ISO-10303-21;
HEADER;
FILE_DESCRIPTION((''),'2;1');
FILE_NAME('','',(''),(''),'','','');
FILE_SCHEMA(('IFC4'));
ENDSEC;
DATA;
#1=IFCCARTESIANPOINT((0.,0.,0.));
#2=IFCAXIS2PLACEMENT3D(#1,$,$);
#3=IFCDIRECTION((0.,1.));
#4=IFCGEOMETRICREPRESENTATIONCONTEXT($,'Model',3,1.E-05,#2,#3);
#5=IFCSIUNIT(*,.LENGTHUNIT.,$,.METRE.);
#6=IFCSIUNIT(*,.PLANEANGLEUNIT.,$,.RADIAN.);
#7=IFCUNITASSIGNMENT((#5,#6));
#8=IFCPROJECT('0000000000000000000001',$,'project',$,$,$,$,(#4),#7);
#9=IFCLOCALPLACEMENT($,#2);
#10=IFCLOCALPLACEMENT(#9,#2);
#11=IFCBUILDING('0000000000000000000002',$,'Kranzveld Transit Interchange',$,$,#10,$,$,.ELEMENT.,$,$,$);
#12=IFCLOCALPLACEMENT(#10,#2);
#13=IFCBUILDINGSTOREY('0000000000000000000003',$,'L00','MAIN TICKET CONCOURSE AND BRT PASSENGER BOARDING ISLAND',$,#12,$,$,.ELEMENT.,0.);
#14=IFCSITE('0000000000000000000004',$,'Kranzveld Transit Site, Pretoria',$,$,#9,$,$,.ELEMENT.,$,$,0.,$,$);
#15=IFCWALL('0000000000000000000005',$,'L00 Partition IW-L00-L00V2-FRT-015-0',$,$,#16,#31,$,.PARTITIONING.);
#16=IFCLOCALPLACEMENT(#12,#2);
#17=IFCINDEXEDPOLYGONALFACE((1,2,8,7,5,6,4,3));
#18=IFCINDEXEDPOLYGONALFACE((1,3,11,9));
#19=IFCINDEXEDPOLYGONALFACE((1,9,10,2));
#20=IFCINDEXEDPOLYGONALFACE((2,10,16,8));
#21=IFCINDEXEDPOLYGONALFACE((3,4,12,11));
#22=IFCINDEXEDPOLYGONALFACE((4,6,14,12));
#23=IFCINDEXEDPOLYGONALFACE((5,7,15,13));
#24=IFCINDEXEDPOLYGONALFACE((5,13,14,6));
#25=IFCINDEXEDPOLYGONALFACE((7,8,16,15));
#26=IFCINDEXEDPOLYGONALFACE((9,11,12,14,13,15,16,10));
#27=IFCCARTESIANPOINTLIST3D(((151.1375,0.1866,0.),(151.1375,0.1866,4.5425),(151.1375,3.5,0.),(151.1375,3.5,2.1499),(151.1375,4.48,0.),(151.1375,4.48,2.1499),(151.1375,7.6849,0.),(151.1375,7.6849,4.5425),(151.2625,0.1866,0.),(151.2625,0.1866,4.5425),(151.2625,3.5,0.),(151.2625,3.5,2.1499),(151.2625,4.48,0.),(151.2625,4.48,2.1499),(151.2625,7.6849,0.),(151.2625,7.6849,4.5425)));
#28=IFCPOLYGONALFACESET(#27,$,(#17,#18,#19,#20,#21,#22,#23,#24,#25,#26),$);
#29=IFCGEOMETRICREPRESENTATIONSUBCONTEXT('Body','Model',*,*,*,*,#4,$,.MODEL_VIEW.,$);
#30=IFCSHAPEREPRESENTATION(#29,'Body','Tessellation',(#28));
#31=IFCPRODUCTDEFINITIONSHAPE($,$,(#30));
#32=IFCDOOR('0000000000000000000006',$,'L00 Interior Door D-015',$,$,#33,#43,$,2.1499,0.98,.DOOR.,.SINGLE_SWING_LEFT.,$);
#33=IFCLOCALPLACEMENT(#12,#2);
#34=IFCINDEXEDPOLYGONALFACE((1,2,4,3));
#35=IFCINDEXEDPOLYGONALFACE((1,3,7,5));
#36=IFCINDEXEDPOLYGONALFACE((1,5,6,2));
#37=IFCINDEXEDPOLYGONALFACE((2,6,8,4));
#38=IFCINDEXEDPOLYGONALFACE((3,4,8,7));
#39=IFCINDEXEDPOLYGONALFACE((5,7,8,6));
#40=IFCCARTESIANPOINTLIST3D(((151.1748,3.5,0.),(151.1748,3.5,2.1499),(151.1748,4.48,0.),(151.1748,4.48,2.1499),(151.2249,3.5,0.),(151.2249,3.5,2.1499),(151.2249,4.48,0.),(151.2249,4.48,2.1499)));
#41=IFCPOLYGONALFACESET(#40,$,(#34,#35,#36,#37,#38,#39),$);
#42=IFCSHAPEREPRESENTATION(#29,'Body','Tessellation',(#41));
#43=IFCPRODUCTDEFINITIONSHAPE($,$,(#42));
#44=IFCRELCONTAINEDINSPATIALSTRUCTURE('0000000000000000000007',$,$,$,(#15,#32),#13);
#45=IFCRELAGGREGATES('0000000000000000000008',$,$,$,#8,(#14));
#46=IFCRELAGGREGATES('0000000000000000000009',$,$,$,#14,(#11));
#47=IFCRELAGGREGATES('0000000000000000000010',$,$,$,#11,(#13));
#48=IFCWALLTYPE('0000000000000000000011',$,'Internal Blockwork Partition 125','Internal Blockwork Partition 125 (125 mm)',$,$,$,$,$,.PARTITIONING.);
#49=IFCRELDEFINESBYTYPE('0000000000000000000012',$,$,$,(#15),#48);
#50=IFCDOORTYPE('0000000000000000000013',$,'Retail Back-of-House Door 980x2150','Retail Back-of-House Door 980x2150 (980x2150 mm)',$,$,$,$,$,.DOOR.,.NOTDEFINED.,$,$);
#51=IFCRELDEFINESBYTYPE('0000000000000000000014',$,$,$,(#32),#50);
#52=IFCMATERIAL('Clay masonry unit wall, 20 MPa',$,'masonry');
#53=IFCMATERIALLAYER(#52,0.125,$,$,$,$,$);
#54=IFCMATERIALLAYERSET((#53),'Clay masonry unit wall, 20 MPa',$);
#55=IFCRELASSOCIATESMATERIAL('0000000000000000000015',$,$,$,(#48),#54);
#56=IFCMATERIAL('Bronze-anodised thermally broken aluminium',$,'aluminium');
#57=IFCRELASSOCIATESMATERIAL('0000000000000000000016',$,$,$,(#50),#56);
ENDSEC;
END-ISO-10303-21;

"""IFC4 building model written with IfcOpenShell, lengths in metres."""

from ifc_helpers import new_model, si_unit, direction, frame, frame_2d, origin, place, context, subcontext, project, spatial, rectangle, extrude, material, layer, layer_set, type_object, element, fill, save


model = new_model("IFC4")

# Units and contexts
model_context = context("Model", 3, precision=1e-05, world=origin(), true_north=direction((0.0, 1.0)))
body_context = subcontext(model_context, "Body", "Model", "MODEL_VIEW")
ifc_project = project(units=[si_unit("LENGTHUNIT", "METRE"), si_unit("PLANEANGLEUNIT", "RADIAN")], contexts=[model_context])

# Site, building, storey
site_placement = place(None, origin())
site = spatial("IfcSite", under=ifc_project, at=site_placement, Name="Kranzveld Transit Site, Pretoria", CompositionType="ELEMENT", RefElevation=0.0)
building_placement = place(site_placement, origin())
building = spatial("IfcBuilding", under=site, at=building_placement, Name="Kranzveld Transit Interchange", CompositionType="ELEMENT")
storey_placement = place(building_placement, origin())
storey = spatial("IfcBuildingStorey", under=building, at=storey_placement, Name="L00", Description="MAIN TICKET CONCOURSE AND BRT PASSENGER BOARDING ISLAND", CompositionType="ELEMENT", Elevation=0.0)

# Wall, opening, door
ifc_material_1 = material(Name="Clay masonry unit wall, 20 MPa", Category="masonry")
ifc_layer_1 = layer(ifc_material_1, 0.125)
ifc_layer_set_1 = layer_set([ifc_layer_1], Name="Clay masonry unit wall, 20 MPa")
wall_type = type_object("IfcWallType", Name="Internal Blockwork Partition 125", Description="Internal Blockwork Partition 125 (125 mm)", PredefinedType="PARTITIONING", material=ifc_layer_set_1)
wall_placement = place(storey_placement, frame((151.2, 0.1868, 0.0), z_axis=(0.0, 0.0, 1.0), x_axis=(0.0, 1.0, 0.0)))
wall = element("IfcWall", 1, at=wall_placement, inside=storey, type_object=wall_type, Name="L00 Partition IW-L00-L00V2-FRT-015-0", PredefinedType="PARTITIONING", context=body_context, shape_type="SweptSolid", body=[
    extrude(rectangle(XDim=7.4983, YDim=0.125, at=frame_2d((3.749, 0.0))), origin(), (0.0, 0.0, 1.0), 4.5425),
])
opening_placement = place(wall_placement, frame((4.2932, 0.0, 0.0), z_axis=(0.0, 0.0, 1.0), x_axis=(-1.0, 0.0, 0.0)))
opening = element("IfcOpeningElement", 2, at=opening_placement, cuts=wall, PredefinedType="OPENING", context=body_context, shape_type="SweptSolid", body=[
    extrude(rectangle(XDim=0.98, YDim=2.1499, at=frame_2d((0.49, 1.075))), frame((0.0, 0.0725, 0.0), z_axis=(0.0, -1.0, 0.0), x_axis=(1.0, 0.0, 0.0)), (0.0, 0.0, 1.0), 0.145),
])
ifc_material_2 = material(Name="Bronze-anodised thermally broken aluminium", Category="aluminium")
door_type = type_object("IfcDoorType", Name="Retail Back-of-House Door 980x2150", Description="Retail Back-of-House Door 980x2150 (980x2150 mm)", OperationType="NOTDEFINED", PredefinedType="DOOR", material=ifc_material_2)
door_placement = place(opening_placement, origin())
door = element("IfcDoor", 3, at=door_placement, inside=storey, type_object=door_type, Name="L00 Interior Door D-015", OperationType="SINGLE_SWING_LEFT", OverallHeight=2.1499, OverallWidth=0.98, PredefinedType="DOOR", context=body_context, shape_type="SweptSolid", body=[
    extrude(rectangle(XDim=0.98, YDim=2.1499, at=frame_2d((0.49, 1.075))), frame((0.0, 0.0249, 0.0), z_axis=(0.0, -1.0, 0.0), x_axis=(1.0, 0.0, 0.0)), (0.0, 0.0, 1.0), 0.05),
])
fill(opening, door)

save(model, "model.ifc")
